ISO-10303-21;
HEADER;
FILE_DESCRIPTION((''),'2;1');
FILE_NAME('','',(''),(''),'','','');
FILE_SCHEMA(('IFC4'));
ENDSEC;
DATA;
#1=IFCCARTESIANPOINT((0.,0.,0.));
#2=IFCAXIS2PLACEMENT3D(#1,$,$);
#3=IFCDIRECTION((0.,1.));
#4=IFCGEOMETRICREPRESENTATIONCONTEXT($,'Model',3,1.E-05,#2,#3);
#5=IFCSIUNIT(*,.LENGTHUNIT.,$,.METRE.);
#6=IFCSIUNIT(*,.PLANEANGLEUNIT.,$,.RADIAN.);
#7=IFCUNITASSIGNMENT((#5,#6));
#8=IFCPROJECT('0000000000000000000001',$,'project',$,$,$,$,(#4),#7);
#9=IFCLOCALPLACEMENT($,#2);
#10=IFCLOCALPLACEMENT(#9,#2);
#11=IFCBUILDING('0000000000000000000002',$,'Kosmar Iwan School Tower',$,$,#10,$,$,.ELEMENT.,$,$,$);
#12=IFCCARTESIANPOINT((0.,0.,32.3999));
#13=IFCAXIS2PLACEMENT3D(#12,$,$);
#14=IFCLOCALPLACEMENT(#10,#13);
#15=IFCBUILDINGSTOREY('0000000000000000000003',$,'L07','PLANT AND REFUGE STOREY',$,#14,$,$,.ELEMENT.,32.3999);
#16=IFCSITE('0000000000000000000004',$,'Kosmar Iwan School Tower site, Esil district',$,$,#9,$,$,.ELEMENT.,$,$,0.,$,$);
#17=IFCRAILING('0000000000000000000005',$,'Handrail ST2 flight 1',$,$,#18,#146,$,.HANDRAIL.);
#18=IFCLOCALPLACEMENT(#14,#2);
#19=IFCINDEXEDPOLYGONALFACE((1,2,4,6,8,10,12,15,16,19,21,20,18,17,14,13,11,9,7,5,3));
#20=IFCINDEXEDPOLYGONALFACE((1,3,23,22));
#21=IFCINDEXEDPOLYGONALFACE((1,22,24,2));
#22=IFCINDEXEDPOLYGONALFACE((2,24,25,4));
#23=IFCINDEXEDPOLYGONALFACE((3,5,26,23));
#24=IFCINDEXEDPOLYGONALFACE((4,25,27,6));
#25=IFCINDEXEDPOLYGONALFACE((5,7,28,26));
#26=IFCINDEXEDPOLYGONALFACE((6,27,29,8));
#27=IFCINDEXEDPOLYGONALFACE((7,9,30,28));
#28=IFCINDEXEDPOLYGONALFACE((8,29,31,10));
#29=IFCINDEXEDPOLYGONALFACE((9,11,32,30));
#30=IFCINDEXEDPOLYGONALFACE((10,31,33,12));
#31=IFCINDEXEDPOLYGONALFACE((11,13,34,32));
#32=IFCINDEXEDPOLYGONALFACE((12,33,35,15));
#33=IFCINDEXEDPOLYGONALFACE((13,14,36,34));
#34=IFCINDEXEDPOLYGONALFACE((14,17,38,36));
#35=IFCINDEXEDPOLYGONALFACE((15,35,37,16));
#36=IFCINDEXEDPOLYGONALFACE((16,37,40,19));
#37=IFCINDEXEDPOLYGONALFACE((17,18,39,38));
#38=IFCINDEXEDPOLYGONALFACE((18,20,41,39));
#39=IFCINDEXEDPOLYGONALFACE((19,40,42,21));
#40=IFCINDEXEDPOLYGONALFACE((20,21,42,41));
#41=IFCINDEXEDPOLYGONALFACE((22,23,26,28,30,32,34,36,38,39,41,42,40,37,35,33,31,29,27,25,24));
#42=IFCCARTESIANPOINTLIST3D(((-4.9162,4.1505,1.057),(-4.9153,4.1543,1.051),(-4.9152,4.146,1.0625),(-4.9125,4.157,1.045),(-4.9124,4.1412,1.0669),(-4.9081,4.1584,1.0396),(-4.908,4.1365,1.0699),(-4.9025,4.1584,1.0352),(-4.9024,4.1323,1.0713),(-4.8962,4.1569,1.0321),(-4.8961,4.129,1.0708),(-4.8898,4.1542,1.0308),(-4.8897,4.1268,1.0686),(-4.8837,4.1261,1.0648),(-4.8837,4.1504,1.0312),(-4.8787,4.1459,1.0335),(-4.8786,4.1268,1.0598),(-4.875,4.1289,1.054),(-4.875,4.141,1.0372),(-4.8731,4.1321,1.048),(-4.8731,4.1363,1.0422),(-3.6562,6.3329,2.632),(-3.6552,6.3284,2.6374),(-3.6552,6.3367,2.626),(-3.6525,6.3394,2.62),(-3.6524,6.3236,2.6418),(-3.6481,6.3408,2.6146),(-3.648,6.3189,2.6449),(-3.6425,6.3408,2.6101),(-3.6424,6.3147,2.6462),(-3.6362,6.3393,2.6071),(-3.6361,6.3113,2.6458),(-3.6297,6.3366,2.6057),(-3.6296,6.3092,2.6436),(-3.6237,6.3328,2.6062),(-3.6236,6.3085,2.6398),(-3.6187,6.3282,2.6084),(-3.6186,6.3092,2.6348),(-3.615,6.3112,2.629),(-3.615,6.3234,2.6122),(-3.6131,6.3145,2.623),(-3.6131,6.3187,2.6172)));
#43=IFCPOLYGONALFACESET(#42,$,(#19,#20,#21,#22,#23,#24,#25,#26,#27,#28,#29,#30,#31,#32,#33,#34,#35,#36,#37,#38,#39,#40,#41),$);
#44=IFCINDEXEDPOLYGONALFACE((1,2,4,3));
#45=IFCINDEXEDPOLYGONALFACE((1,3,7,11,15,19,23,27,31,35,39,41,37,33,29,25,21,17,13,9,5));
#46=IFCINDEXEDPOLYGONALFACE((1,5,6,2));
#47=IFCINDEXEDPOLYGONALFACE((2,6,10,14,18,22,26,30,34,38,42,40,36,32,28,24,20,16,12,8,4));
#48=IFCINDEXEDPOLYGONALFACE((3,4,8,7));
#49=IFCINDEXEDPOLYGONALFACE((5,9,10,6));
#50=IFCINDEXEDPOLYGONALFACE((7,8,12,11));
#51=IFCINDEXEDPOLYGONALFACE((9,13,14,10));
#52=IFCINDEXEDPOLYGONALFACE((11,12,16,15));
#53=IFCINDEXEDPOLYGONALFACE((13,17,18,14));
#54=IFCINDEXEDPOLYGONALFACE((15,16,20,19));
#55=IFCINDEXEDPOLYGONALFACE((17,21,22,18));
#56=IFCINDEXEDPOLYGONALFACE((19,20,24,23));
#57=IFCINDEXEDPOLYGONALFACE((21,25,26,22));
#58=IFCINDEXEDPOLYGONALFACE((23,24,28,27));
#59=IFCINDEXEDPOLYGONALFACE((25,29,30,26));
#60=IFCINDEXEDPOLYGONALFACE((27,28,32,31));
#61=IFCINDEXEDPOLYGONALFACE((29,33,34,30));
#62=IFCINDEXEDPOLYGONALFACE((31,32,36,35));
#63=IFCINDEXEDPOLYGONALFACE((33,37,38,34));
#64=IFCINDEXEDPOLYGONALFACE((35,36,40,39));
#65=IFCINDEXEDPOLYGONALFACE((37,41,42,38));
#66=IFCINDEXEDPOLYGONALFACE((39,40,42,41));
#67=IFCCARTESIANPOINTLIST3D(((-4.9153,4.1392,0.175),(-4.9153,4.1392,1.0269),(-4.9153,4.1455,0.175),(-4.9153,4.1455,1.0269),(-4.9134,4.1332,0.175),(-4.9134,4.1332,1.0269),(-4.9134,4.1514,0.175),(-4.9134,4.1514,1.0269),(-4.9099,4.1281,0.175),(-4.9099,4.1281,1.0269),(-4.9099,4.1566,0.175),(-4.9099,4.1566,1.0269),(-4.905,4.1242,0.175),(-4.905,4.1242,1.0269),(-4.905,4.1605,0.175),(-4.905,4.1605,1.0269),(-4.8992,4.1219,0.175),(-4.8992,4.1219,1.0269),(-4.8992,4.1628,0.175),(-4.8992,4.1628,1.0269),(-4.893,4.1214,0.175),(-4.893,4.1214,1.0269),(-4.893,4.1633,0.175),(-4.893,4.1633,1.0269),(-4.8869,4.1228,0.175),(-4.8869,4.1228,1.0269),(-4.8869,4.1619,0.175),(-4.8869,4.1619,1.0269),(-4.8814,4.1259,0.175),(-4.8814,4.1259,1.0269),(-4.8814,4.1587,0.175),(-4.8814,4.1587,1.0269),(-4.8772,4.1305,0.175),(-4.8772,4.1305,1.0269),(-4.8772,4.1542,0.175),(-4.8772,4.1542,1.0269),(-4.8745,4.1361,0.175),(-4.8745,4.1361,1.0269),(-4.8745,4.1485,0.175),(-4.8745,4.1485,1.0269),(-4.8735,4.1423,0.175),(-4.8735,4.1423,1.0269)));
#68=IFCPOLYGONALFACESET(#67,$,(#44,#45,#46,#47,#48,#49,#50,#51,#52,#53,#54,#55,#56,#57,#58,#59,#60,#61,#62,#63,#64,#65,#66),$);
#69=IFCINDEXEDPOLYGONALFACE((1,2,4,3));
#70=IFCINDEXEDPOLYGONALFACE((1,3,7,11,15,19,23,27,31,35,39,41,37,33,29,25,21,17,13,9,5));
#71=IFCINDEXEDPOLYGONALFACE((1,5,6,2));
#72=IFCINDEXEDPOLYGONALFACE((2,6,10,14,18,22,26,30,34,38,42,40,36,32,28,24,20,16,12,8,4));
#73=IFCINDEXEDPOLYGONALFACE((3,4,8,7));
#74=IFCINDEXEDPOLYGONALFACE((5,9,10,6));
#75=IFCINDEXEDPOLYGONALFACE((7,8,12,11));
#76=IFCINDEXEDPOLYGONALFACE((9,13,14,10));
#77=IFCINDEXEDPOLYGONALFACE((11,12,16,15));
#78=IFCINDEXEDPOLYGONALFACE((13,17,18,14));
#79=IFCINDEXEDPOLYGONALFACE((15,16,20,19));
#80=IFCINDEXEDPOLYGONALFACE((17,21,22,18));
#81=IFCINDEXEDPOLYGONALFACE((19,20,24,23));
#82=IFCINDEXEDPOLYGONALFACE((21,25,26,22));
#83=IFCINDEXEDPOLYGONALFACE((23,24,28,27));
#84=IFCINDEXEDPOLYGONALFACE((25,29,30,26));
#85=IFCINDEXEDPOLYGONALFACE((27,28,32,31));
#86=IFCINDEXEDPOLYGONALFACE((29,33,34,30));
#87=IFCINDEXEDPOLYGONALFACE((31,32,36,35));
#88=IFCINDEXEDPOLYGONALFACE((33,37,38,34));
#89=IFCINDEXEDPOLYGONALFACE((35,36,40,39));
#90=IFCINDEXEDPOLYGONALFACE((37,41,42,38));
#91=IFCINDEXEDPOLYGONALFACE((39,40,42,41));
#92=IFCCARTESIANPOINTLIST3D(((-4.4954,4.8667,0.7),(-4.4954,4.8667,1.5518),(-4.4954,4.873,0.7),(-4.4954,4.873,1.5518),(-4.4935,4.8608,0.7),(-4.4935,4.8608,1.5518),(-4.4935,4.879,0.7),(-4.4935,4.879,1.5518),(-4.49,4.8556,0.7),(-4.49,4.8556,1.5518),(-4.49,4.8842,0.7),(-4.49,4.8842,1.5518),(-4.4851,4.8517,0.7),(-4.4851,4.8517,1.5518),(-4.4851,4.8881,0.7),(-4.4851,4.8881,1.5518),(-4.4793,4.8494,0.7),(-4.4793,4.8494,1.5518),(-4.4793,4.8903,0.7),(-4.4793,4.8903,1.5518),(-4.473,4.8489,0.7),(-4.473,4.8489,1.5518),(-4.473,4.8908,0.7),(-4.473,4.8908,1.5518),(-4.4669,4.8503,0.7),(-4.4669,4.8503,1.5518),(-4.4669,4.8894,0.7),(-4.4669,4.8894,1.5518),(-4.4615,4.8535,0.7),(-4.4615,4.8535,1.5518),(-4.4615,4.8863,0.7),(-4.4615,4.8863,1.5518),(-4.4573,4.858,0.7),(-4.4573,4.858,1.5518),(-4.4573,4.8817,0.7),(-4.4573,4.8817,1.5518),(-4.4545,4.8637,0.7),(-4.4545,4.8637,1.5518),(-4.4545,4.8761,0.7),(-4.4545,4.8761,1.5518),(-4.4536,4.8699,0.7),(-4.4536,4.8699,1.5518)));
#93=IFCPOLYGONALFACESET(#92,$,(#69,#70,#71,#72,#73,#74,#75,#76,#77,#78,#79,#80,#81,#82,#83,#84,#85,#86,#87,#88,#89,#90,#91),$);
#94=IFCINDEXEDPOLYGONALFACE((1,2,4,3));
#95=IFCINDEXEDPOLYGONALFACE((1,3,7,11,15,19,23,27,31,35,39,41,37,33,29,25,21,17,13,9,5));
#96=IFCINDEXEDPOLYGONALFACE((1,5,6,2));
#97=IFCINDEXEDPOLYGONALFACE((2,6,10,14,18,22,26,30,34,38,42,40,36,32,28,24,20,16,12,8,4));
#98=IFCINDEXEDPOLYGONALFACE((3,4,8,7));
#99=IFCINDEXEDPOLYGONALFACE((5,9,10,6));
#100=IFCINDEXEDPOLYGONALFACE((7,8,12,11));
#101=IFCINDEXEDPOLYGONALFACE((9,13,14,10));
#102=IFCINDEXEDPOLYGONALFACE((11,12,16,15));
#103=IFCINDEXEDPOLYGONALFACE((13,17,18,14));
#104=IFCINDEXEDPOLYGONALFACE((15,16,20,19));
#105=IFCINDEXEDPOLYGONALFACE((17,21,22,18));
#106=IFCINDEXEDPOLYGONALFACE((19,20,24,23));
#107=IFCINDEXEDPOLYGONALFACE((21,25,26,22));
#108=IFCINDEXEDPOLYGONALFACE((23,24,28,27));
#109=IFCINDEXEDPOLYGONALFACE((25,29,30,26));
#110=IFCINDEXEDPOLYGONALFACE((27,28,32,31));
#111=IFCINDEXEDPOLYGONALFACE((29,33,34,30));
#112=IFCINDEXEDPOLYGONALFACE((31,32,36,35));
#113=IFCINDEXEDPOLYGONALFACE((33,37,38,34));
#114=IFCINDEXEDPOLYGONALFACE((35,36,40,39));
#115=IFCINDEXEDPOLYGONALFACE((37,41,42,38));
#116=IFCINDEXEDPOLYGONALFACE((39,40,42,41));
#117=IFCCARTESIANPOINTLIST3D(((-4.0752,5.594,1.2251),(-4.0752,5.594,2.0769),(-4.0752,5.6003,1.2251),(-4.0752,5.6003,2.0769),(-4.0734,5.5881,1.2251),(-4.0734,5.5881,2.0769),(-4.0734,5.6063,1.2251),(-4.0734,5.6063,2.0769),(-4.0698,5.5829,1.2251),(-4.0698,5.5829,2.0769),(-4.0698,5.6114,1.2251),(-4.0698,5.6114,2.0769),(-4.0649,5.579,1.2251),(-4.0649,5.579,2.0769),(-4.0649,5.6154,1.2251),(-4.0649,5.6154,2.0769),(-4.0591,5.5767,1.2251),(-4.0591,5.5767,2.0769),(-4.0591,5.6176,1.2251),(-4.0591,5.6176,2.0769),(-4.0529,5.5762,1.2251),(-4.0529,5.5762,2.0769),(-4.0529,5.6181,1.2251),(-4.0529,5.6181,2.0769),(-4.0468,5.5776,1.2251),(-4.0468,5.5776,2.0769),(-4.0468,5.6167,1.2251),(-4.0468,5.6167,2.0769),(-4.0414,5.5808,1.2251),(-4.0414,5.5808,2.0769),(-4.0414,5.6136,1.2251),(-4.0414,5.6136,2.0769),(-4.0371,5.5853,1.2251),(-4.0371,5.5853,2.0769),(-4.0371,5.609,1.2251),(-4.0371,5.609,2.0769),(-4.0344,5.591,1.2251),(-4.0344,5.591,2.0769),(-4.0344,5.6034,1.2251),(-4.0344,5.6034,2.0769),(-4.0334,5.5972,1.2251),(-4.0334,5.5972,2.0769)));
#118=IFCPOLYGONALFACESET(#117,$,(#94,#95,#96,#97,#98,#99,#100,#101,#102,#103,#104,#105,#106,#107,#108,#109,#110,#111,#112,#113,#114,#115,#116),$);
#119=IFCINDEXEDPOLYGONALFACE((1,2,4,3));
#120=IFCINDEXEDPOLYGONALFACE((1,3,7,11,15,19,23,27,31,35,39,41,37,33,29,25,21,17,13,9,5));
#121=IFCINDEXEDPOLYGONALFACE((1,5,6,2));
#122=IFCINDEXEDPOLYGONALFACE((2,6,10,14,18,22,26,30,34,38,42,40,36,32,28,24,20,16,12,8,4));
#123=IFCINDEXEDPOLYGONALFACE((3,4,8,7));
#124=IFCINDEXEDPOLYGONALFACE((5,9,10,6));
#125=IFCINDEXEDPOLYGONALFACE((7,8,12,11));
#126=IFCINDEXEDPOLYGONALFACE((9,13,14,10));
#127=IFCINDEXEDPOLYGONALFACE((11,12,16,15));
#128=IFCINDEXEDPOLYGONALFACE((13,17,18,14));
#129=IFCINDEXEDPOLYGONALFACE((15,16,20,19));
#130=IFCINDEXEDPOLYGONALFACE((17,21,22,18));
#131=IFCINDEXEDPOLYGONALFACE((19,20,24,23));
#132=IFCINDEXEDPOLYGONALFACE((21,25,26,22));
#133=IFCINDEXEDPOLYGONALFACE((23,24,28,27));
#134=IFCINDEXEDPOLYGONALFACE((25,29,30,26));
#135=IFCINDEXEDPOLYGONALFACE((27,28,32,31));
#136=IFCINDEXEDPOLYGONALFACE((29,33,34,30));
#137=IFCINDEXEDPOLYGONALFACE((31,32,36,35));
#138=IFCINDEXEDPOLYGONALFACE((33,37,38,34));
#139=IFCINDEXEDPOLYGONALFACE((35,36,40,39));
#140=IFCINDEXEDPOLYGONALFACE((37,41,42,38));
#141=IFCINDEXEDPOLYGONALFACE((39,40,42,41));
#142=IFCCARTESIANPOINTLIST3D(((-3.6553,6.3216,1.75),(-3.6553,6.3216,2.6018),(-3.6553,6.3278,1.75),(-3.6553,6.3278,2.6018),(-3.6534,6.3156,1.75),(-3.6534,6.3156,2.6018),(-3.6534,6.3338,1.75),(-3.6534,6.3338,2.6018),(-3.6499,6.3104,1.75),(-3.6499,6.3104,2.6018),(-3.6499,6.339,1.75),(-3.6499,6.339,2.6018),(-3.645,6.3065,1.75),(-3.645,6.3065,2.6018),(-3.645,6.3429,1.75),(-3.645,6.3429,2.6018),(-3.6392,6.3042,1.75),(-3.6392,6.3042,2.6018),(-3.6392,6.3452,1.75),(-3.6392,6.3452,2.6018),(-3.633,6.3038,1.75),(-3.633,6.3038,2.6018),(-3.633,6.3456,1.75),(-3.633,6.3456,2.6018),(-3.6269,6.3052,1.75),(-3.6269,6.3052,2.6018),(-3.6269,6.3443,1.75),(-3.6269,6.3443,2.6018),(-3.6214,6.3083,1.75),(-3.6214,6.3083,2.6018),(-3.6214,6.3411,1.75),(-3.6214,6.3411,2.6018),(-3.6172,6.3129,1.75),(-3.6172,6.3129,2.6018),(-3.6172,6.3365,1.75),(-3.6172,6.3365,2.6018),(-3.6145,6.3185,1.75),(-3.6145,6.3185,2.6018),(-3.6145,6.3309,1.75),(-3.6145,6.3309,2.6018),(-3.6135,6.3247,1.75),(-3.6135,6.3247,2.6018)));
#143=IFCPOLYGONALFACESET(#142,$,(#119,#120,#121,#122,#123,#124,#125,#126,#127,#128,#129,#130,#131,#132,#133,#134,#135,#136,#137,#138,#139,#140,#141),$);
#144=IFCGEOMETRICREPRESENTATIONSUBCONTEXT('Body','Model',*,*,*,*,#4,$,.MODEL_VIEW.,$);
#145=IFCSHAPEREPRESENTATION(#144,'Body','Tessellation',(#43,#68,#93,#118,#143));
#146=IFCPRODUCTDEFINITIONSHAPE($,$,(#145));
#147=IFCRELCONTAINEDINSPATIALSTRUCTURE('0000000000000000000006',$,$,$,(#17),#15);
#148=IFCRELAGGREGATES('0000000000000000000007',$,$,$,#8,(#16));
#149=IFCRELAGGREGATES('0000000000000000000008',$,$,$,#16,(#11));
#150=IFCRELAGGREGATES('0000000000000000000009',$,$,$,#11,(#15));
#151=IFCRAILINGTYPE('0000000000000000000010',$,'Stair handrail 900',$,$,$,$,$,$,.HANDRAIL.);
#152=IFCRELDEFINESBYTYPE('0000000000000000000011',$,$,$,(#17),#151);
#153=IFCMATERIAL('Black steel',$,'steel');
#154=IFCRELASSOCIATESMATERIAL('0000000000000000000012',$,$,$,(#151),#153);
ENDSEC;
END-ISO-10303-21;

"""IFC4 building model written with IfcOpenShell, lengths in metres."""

from ifc_helpers import new_model, si_unit, direction, frame, origin, origin_2d, place, context, subcontext, project, spatial, circle, extrude, material, type_object, element, save


model = new_model("IFC4")

# Units and contexts
model_context = context("Model", 3, precision=1e-05, world=origin(), true_north=direction((0.0, 1.0)))
body_context = subcontext(model_context, "Body", "Model", "MODEL_VIEW")
ifc_project = project(units=[si_unit("LENGTHUNIT", "METRE"), si_unit("PLANEANGLEUNIT", "RADIAN")], contexts=[model_context])

# Site, building, storey
site_placement = place(None, origin())
site = spatial("IfcSite", under=ifc_project, at=site_placement, Name="Kosmar Iwan School Tower site, Esil district", CompositionType="ELEMENT", RefElevation=0.0)
building_placement = place(site_placement, origin())
building = spatial("IfcBuilding", under=site, at=building_placement, Name="Kosmar Iwan School Tower", CompositionType="ELEMENT")
storey_placement = place(building_placement, frame((0.0, 0.0, 32.3999)))
storey = spatial("IfcBuildingStorey", under=building, at=storey_placement, Name="L07", Description="PLANT AND REFUGE STOREY", CompositionType="ELEMENT", Elevation=32.3999)

# Railing
ifc_material_1 = material(Name="Black steel", Category="steel")
railing_type = type_object("IfcRailingType", Name="Stair handrail 900", PredefinedType="HANDRAIL", material=ifc_material_1)
railing_1_placement = place(storey_placement, frame((-4.8945, 4.1423, 0.175)))
element("IfcRailing", 1, at=railing_1_placement, inside=storey, type_object=railing_type, Name="Handrail ST2 flight 1", PredefinedType="HANDRAIL", context=body_context, shape_type="SweptSolid", body=[
    extrude(circle(Radius=0.0239, at=origin_2d()), frame((0.0, 0.0, 0.876), z_axis=(0.424007, 0.734392, 0.529988), x_axis=(-0.866023, 0.500005, 0.0)), (0.0, 0.0, 1.0), 2.9717),
    extrude(circle(Radius=0.021, at=origin_2d()), origin(), (0.0, 0.0, 1.0), 0.8518),
    extrude(circle(Radius=0.021, at=origin_2d()), frame((0.4199, 0.7275, 0.5249)), (0.0, 0.0, 1.0), 0.8518),
    extrude(circle(Radius=0.021, at=origin_2d()), frame((0.8401, 1.4548, 1.05)), (0.0, 0.0, 1.0), 0.8518),
    extrude(circle(Radius=0.021, at=origin_2d()), frame((1.26, 2.1824, 1.575)), (0.0, 0.0, 1.0), 0.8518),
])

save(model, "model.ifc")
